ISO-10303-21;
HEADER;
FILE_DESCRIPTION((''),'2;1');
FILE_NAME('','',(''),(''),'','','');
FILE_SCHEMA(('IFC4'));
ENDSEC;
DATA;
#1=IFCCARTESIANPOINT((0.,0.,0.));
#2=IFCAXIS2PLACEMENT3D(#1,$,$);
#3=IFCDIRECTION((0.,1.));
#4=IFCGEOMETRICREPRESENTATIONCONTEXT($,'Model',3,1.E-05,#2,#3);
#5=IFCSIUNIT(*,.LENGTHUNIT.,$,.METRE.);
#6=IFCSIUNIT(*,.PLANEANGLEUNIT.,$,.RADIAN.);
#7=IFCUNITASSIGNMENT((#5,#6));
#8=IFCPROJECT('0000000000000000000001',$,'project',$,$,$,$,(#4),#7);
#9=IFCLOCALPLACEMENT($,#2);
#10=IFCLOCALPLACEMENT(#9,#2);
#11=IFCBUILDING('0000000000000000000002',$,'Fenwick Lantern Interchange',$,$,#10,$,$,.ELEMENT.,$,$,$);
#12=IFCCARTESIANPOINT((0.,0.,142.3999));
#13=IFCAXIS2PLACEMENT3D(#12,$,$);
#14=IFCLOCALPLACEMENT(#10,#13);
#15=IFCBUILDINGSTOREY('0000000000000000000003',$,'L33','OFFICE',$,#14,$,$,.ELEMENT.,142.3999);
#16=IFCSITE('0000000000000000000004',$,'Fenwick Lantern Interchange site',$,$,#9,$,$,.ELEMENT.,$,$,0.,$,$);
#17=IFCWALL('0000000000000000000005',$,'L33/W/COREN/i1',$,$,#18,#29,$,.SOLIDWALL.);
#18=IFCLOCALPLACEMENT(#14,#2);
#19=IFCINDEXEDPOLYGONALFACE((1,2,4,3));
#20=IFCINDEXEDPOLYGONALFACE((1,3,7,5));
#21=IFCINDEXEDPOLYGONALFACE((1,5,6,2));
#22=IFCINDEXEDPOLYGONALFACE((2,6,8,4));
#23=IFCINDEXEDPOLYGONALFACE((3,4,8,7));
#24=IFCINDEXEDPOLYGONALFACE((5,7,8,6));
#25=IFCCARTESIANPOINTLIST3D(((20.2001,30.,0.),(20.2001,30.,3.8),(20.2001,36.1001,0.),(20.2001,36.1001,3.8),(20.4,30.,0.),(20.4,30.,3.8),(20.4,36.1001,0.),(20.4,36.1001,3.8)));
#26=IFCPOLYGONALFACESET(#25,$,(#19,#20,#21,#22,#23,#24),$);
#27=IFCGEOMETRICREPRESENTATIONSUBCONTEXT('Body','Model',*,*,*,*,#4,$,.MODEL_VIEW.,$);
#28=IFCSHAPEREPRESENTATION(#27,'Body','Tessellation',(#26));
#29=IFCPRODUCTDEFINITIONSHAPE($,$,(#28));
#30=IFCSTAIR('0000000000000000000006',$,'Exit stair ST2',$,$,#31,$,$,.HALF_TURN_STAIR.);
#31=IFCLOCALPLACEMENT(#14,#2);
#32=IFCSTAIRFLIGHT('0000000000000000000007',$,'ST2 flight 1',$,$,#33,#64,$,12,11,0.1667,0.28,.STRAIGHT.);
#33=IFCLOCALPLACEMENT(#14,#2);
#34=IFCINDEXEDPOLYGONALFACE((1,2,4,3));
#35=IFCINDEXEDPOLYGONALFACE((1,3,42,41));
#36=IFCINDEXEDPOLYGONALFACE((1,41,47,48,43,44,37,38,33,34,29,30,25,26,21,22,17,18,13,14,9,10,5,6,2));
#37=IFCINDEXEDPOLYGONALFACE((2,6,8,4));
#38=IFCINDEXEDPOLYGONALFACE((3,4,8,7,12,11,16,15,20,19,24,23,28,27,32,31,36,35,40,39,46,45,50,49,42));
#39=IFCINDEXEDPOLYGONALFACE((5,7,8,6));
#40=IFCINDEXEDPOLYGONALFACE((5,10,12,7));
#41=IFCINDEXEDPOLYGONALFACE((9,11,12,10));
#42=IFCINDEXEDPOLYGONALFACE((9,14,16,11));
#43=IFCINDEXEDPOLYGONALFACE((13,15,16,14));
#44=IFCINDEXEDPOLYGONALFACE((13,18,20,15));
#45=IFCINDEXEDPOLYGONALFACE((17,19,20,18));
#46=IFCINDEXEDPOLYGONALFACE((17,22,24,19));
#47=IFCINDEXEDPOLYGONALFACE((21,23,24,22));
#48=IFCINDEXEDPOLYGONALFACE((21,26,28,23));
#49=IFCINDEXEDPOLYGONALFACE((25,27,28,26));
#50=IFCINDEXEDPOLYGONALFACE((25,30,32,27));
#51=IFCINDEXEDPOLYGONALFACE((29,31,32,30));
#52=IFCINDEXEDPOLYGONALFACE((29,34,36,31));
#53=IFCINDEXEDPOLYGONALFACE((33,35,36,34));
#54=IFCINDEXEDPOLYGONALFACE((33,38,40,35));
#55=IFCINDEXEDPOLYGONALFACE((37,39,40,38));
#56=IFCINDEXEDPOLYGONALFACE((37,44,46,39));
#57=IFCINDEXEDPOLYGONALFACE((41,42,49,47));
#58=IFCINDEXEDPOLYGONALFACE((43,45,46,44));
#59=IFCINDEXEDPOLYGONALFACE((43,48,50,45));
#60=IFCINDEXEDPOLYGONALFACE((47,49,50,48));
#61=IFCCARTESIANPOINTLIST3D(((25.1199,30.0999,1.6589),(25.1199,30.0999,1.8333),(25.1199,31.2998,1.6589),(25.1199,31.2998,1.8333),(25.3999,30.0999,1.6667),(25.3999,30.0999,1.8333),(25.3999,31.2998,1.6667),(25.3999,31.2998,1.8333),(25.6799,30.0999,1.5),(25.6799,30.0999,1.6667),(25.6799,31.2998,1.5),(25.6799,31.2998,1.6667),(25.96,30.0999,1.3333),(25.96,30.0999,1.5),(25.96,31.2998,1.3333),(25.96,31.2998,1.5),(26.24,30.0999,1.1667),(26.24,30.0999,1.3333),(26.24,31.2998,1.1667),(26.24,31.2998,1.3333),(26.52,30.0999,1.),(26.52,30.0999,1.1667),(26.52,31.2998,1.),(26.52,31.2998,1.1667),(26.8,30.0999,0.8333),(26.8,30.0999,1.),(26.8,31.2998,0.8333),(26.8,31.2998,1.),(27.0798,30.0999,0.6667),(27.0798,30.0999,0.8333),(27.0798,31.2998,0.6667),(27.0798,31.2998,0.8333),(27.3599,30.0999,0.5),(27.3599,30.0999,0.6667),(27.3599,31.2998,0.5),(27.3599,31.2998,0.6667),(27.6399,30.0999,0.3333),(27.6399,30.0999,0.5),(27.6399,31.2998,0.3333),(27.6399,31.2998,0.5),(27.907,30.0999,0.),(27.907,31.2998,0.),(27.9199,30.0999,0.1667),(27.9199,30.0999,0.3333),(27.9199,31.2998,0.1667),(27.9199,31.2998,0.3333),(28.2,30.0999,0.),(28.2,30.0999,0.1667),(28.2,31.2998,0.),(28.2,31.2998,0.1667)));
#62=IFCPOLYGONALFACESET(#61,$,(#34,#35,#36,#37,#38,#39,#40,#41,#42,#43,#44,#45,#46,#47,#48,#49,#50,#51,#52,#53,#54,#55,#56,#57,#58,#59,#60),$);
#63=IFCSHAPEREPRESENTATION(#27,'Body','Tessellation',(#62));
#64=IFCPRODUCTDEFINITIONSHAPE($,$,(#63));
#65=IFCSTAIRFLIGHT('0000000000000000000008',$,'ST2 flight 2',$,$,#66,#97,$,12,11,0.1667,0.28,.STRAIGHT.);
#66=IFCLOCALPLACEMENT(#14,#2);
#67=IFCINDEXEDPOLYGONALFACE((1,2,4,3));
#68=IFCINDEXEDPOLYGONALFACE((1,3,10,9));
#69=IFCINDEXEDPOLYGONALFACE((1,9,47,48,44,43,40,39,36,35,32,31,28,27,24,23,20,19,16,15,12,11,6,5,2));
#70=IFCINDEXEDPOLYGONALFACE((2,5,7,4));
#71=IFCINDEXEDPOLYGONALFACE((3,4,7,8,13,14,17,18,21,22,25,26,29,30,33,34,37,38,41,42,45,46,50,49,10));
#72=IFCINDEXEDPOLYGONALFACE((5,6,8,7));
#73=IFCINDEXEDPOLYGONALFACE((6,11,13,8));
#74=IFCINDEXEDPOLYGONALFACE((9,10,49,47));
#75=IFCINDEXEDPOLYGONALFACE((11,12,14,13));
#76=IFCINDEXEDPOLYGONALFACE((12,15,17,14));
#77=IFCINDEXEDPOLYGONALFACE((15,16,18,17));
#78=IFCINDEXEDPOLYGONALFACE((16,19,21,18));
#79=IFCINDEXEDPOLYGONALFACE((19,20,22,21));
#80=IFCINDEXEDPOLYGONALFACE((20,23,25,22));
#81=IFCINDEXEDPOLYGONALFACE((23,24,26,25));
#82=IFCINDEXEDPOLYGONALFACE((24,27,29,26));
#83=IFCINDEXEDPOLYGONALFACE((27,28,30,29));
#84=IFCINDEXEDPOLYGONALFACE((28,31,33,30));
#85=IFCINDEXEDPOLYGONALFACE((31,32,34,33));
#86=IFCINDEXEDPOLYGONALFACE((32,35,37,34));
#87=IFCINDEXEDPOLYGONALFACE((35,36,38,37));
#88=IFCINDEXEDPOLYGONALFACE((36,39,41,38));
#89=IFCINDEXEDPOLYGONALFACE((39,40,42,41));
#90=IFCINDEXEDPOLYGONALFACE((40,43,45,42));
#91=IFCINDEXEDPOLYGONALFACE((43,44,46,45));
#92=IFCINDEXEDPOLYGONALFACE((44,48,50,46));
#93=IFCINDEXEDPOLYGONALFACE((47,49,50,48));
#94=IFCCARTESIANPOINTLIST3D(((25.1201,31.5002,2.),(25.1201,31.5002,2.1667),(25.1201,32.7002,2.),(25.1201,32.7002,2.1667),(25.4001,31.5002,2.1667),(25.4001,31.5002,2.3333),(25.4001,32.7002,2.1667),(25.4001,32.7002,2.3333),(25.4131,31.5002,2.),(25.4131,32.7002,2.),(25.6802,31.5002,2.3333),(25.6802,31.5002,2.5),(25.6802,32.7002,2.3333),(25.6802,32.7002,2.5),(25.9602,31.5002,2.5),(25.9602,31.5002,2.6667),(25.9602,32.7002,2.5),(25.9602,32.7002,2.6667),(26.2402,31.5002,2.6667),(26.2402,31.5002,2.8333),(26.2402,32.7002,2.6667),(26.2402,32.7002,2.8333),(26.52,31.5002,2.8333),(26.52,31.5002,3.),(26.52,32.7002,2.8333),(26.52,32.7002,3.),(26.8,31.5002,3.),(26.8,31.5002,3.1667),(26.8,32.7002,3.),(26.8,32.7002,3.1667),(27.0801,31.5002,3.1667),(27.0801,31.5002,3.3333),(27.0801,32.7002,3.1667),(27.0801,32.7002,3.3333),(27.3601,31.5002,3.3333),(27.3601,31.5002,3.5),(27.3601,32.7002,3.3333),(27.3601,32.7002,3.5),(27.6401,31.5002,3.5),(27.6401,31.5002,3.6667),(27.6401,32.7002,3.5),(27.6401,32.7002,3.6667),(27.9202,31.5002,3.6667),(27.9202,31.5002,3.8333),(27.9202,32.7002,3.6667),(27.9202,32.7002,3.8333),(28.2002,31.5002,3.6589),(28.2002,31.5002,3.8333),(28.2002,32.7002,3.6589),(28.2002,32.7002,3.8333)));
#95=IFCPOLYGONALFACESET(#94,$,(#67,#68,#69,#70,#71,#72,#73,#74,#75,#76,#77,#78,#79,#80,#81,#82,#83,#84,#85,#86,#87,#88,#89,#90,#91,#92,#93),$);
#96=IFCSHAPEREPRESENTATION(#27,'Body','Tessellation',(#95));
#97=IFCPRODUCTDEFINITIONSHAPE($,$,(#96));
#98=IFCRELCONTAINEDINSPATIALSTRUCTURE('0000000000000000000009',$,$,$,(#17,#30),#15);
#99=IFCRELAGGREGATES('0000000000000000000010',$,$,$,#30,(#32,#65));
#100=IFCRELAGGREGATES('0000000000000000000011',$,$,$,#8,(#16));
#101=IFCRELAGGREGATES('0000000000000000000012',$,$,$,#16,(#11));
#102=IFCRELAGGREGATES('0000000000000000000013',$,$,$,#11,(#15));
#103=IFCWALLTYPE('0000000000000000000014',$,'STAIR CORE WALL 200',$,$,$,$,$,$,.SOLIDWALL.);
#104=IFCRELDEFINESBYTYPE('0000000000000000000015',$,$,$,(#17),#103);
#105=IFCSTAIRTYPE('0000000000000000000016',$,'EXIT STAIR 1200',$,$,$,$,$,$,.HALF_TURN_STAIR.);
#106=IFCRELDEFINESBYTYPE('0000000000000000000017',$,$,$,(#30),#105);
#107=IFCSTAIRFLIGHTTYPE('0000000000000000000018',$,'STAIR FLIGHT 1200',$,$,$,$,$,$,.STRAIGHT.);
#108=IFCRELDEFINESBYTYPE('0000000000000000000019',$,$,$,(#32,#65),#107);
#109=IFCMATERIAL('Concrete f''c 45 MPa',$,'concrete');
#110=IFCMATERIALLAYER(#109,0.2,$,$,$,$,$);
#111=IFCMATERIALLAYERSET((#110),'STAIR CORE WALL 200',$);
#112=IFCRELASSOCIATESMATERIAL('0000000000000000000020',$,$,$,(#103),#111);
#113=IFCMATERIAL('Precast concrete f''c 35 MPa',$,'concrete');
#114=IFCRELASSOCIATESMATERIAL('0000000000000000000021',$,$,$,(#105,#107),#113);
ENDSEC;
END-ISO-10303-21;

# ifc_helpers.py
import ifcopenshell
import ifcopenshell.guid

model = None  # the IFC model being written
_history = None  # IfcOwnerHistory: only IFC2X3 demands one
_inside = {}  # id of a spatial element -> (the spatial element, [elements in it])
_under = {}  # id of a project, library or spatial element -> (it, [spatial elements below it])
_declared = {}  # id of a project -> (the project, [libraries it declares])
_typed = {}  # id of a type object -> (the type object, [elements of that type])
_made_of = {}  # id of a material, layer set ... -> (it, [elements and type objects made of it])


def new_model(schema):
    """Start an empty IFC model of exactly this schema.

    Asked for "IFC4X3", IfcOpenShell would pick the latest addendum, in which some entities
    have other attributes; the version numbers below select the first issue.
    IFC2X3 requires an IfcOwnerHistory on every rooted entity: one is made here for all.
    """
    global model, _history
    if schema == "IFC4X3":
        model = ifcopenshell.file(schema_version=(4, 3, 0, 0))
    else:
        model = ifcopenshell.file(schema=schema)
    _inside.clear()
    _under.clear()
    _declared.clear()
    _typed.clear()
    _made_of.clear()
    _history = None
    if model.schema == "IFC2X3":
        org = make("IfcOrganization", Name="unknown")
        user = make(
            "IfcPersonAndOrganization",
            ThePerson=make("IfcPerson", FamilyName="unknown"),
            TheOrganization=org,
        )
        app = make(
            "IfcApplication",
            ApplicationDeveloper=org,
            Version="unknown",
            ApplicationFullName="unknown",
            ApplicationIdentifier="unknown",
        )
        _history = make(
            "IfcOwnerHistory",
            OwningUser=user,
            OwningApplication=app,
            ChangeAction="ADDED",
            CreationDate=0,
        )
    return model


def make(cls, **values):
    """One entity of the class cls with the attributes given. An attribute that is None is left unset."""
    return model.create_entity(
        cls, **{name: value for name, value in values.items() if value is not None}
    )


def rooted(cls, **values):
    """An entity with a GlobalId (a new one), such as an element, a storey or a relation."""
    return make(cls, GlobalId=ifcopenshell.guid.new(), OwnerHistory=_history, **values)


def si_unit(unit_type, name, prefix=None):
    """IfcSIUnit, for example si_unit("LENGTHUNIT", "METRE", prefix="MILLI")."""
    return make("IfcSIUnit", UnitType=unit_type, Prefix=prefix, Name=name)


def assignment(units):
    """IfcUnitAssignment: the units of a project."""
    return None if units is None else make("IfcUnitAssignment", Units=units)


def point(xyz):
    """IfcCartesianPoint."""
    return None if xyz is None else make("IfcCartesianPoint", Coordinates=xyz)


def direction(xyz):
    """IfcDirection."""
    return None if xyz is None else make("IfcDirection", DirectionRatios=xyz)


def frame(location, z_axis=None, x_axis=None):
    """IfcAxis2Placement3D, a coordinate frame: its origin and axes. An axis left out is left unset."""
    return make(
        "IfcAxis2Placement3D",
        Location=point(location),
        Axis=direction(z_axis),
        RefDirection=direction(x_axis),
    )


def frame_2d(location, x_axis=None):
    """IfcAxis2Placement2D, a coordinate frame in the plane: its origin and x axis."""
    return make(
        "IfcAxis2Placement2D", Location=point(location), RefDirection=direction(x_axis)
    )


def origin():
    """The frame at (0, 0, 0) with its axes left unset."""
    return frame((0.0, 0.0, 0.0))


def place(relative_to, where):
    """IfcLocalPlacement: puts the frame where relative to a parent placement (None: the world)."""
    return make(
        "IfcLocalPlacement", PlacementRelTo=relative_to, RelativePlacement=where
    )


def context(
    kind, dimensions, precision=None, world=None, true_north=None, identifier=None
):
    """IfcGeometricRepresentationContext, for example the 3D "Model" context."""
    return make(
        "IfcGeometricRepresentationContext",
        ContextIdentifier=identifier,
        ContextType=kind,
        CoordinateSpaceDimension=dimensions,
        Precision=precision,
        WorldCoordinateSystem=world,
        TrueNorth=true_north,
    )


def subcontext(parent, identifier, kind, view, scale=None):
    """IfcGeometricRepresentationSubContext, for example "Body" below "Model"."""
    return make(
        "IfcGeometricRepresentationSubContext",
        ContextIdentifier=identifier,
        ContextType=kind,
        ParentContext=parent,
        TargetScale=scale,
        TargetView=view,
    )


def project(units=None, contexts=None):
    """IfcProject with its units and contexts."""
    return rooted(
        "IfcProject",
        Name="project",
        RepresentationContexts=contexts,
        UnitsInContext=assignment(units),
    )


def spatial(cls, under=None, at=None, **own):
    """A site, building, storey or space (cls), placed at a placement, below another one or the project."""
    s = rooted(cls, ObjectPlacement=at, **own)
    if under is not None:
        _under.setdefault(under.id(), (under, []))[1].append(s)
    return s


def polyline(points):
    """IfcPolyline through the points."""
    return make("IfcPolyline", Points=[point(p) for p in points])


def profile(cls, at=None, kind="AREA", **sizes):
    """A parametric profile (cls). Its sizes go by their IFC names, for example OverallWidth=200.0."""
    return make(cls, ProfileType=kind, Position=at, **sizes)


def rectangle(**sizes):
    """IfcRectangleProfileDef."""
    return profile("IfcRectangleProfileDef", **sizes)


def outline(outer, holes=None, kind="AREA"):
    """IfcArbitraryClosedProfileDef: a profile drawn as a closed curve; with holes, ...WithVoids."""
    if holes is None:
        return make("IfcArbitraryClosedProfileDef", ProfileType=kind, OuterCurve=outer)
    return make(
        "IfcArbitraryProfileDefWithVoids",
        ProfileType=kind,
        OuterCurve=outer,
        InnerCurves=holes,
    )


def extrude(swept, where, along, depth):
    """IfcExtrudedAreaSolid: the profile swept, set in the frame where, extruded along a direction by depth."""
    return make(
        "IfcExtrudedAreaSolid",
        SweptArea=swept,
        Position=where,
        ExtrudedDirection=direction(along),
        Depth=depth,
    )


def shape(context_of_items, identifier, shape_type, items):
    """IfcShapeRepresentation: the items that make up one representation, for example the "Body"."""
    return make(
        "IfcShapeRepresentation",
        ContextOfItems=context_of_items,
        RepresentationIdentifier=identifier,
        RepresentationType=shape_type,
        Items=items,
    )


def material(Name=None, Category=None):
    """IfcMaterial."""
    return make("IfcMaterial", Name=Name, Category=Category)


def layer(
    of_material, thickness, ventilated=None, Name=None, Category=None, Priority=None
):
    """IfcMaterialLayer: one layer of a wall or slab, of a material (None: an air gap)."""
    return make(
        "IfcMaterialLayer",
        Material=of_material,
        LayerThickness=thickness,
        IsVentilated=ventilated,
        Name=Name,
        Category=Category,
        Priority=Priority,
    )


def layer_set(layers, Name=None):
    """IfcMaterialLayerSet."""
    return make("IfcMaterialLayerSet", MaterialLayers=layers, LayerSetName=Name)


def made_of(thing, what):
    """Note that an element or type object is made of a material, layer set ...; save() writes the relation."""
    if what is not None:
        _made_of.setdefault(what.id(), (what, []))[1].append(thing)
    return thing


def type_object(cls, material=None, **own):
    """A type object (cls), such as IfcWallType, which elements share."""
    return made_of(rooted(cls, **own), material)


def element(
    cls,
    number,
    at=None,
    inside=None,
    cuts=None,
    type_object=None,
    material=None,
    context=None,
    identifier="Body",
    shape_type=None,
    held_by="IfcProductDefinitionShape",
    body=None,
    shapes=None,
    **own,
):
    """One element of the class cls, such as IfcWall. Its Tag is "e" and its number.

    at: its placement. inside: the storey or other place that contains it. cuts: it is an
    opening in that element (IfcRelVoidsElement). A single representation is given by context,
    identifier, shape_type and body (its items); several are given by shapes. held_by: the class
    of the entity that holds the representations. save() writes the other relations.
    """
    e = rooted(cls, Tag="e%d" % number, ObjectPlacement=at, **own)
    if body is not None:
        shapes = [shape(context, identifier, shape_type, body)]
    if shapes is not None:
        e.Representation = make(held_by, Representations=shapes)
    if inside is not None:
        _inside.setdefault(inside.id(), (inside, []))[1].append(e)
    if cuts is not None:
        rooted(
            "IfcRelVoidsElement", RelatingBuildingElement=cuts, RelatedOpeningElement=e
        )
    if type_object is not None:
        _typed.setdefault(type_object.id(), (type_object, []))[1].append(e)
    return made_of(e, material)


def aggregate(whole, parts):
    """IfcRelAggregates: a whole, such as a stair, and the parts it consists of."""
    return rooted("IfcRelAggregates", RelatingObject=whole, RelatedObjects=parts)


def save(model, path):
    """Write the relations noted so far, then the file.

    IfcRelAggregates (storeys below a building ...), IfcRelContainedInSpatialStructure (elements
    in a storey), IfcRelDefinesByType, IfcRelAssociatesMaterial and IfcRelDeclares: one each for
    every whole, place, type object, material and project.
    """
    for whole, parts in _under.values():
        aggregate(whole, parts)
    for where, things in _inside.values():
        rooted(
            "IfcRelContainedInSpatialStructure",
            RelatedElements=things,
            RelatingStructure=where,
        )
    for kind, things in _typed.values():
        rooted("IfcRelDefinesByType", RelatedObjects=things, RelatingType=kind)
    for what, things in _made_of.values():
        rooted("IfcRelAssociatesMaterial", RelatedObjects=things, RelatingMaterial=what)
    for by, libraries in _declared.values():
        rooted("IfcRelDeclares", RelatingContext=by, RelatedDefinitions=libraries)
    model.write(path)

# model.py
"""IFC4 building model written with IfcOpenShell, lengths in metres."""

from ifc_helpers import new_model, si_unit, direction, frame, frame_2d, origin, place, context, subcontext, project, spatial, polyline, rectangle, outline, extrude, material, layer, layer_set, type_object, element, aggregate, save


model = new_model("IFC4")

# Units and contexts
model_context = context("Model", 3, precision=1e-05, world=origin(), true_north=direction((0.0, 1.0)))
body_context = subcontext(model_context, "Body", "Model", "MODEL_VIEW")
ifc_project = project(units=[si_unit("LENGTHUNIT", "METRE"), si_unit("PLANEANGLEUNIT", "RADIAN")], contexts=[model_context])

# Site, building, storey
site_placement = place(None, origin())
site = spatial("IfcSite", under=ifc_project, at=site_placement, Name="Fenwick Lantern Interchange site", CompositionType="ELEMENT", RefElevation=0.0)
building_placement = place(site_placement, origin())
building = spatial("IfcBuilding", under=site, at=building_placement, Name="Fenwick Lantern Interchange", CompositionType="ELEMENT")
storey_placement = place(building_placement, frame((0.0, 0.0, 142.3999)))
storey = spatial("IfcBuildingStorey", under=building, at=storey_placement, Name="L33", Description="OFFICE", CompositionType="ELEMENT", Elevation=142.3999)

# Wall
ifc_material_1 = material(Name="Concrete f'c 45 MPa", Category="concrete")
ifc_layer_1 = layer(ifc_material_1, 0.2)
ifc_layer_set_1 = layer_set([ifc_layer_1], Name="STAIR CORE WALL 200")
wall_type_1 = type_object("IfcWallType", Name="STAIR CORE WALL 200", PredefinedType="SOLIDWALL", material=ifc_layer_set_1)
wall_1_placement = place(storey_placement, frame((20.3, 36.1001, 0.0), z_axis=(0.0, 0.0, 1.0), x_axis=(0.0, -1.0, 0.0)))
element("IfcWall", 1, at=wall_1_placement, inside=storey, type_object=wall_type_1, Name="L33/W/COREN/i1", PredefinedType="SOLIDWALL", context=body_context, shape_type="SweptSolid", body=[
    extrude(rectangle(XDim=6.1001, YDim=0.2, at=frame_2d((3.05, 0.0))), origin(), (0.0, 0.0, 1.0), 3.8),
])

# Stair, stair flights
ifc_material_2 = material(Name="Precast concrete f'c 35 MPa", Category="concrete")
stair_type = type_object("IfcStairType", Name="EXIT STAIR 1200", PredefinedType="HALF_TURN_STAIR", material=ifc_material_2)
stair_placement = place(storey_placement, origin())
stair = element("IfcStair", 2, at=stair_placement, inside=storey, type_object=stair_type, Name="Exit stair ST2", PredefinedType="HALF_TURN_STAIR")
stair_flight_type = type_object("IfcStairFlightType", Name="STAIR FLIGHT 1200", PredefinedType="STRAIGHT", material=ifc_material_2)
stair_flight_1_placement = place(storey_placement, frame((28.2, 30.7, 0.0), z_axis=(0.0, 0.0, 1.0), x_axis=(-1.0, 0.0, 0.0)))
stair_flight_1 = element("IfcStairFlight", 3, at=stair_flight_1_placement, type_object=stair_flight_type, Name="ST2 flight 1", NumberOfRisers=12, NumberOfTreads=11, PredefinedType="STRAIGHT", RiserHeight=0.1667, TreadLength=0.28, context=body_context, shape_type="SweptSolid", body=[
    extrude(outline(polyline([(0.0, 0.0), (0.0, 0.1667), (0.28, 0.1667), (0.28, 0.3333), (0.5601, 0.3333), (0.5601, 0.5), (0.8401, 0.5), (0.8401, 0.6667), (1.1201, 0.6667), (1.1201, 0.8333), (1.3999, 0.8333), (1.3999, 1.0), (1.6799, 1.0), (1.6799, 1.1667), (1.96, 1.1667), (1.96, 1.3333), (2.24, 1.3333), (2.24, 1.5), (2.52, 1.5), (2.52, 1.6667), (2.8, 1.6667), (2.8, 1.8333), (3.0801, 1.8333), (3.0801, 2.0), (3.0801, 1.6589), (0.293, 0.0), (0.0, 0.0)])), frame((0.0, 0.6001, 0.0), z_axis=(0.0, -1.0, 0.0), x_axis=(1.0, 0.0, 0.0)), (0.0, 0.0, 1.0), 1.2),
])
stair_flight_2_placement = place(storey_placement, frame((25.1201, 32.1001, 2.0), z_axis=(0.0, 0.0, 1.0), x_axis=(1.0, 0.0, 0.0)))
stair_flight_2 = element("IfcStairFlight", 4, at=stair_flight_2_placement, type_object=stair_flight_type, Name="ST2 flight 2", NumberOfRisers=12, NumberOfTreads=11, PredefinedType="STRAIGHT", RiserHeight=0.1667, TreadLength=0.28, context=body_context, shape_type="SweptSolid", body=[
    extrude(outline(polyline([(0.0, 0.0), (0.0, 0.1667), (0.28, 0.1667), (0.28, 0.3333), (0.5601, 0.3333), (0.5601, 0.5), (0.8401, 0.5), (0.8401, 0.6667), (1.1201, 0.6667), (1.1201, 0.8333), (1.3999, 0.8333), (1.3999, 1.0), (1.6799, 1.0), (1.6799, 1.1667), (1.96, 1.1667), (1.96, 1.3333), (2.24, 1.3333), (2.24, 1.5), (2.52, 1.5), (2.52, 1.6667), (2.8, 1.6667), (2.8, 1.8333), (3.0801, 1.8333), (3.0801, 2.0), (3.0801, 1.6589), (0.293, 0.0), (0.0, 0.0)])), frame((0.0, 0.6001, 0.0), z_axis=(0.0, -1.0, 0.0), x_axis=(1.0, 0.0, 0.0)), (0.0, 0.0, 1.0), 1.2),
])
aggregate(stair, [stair_flight_1, stair_flight_2])

save(model, "model.ifc")
